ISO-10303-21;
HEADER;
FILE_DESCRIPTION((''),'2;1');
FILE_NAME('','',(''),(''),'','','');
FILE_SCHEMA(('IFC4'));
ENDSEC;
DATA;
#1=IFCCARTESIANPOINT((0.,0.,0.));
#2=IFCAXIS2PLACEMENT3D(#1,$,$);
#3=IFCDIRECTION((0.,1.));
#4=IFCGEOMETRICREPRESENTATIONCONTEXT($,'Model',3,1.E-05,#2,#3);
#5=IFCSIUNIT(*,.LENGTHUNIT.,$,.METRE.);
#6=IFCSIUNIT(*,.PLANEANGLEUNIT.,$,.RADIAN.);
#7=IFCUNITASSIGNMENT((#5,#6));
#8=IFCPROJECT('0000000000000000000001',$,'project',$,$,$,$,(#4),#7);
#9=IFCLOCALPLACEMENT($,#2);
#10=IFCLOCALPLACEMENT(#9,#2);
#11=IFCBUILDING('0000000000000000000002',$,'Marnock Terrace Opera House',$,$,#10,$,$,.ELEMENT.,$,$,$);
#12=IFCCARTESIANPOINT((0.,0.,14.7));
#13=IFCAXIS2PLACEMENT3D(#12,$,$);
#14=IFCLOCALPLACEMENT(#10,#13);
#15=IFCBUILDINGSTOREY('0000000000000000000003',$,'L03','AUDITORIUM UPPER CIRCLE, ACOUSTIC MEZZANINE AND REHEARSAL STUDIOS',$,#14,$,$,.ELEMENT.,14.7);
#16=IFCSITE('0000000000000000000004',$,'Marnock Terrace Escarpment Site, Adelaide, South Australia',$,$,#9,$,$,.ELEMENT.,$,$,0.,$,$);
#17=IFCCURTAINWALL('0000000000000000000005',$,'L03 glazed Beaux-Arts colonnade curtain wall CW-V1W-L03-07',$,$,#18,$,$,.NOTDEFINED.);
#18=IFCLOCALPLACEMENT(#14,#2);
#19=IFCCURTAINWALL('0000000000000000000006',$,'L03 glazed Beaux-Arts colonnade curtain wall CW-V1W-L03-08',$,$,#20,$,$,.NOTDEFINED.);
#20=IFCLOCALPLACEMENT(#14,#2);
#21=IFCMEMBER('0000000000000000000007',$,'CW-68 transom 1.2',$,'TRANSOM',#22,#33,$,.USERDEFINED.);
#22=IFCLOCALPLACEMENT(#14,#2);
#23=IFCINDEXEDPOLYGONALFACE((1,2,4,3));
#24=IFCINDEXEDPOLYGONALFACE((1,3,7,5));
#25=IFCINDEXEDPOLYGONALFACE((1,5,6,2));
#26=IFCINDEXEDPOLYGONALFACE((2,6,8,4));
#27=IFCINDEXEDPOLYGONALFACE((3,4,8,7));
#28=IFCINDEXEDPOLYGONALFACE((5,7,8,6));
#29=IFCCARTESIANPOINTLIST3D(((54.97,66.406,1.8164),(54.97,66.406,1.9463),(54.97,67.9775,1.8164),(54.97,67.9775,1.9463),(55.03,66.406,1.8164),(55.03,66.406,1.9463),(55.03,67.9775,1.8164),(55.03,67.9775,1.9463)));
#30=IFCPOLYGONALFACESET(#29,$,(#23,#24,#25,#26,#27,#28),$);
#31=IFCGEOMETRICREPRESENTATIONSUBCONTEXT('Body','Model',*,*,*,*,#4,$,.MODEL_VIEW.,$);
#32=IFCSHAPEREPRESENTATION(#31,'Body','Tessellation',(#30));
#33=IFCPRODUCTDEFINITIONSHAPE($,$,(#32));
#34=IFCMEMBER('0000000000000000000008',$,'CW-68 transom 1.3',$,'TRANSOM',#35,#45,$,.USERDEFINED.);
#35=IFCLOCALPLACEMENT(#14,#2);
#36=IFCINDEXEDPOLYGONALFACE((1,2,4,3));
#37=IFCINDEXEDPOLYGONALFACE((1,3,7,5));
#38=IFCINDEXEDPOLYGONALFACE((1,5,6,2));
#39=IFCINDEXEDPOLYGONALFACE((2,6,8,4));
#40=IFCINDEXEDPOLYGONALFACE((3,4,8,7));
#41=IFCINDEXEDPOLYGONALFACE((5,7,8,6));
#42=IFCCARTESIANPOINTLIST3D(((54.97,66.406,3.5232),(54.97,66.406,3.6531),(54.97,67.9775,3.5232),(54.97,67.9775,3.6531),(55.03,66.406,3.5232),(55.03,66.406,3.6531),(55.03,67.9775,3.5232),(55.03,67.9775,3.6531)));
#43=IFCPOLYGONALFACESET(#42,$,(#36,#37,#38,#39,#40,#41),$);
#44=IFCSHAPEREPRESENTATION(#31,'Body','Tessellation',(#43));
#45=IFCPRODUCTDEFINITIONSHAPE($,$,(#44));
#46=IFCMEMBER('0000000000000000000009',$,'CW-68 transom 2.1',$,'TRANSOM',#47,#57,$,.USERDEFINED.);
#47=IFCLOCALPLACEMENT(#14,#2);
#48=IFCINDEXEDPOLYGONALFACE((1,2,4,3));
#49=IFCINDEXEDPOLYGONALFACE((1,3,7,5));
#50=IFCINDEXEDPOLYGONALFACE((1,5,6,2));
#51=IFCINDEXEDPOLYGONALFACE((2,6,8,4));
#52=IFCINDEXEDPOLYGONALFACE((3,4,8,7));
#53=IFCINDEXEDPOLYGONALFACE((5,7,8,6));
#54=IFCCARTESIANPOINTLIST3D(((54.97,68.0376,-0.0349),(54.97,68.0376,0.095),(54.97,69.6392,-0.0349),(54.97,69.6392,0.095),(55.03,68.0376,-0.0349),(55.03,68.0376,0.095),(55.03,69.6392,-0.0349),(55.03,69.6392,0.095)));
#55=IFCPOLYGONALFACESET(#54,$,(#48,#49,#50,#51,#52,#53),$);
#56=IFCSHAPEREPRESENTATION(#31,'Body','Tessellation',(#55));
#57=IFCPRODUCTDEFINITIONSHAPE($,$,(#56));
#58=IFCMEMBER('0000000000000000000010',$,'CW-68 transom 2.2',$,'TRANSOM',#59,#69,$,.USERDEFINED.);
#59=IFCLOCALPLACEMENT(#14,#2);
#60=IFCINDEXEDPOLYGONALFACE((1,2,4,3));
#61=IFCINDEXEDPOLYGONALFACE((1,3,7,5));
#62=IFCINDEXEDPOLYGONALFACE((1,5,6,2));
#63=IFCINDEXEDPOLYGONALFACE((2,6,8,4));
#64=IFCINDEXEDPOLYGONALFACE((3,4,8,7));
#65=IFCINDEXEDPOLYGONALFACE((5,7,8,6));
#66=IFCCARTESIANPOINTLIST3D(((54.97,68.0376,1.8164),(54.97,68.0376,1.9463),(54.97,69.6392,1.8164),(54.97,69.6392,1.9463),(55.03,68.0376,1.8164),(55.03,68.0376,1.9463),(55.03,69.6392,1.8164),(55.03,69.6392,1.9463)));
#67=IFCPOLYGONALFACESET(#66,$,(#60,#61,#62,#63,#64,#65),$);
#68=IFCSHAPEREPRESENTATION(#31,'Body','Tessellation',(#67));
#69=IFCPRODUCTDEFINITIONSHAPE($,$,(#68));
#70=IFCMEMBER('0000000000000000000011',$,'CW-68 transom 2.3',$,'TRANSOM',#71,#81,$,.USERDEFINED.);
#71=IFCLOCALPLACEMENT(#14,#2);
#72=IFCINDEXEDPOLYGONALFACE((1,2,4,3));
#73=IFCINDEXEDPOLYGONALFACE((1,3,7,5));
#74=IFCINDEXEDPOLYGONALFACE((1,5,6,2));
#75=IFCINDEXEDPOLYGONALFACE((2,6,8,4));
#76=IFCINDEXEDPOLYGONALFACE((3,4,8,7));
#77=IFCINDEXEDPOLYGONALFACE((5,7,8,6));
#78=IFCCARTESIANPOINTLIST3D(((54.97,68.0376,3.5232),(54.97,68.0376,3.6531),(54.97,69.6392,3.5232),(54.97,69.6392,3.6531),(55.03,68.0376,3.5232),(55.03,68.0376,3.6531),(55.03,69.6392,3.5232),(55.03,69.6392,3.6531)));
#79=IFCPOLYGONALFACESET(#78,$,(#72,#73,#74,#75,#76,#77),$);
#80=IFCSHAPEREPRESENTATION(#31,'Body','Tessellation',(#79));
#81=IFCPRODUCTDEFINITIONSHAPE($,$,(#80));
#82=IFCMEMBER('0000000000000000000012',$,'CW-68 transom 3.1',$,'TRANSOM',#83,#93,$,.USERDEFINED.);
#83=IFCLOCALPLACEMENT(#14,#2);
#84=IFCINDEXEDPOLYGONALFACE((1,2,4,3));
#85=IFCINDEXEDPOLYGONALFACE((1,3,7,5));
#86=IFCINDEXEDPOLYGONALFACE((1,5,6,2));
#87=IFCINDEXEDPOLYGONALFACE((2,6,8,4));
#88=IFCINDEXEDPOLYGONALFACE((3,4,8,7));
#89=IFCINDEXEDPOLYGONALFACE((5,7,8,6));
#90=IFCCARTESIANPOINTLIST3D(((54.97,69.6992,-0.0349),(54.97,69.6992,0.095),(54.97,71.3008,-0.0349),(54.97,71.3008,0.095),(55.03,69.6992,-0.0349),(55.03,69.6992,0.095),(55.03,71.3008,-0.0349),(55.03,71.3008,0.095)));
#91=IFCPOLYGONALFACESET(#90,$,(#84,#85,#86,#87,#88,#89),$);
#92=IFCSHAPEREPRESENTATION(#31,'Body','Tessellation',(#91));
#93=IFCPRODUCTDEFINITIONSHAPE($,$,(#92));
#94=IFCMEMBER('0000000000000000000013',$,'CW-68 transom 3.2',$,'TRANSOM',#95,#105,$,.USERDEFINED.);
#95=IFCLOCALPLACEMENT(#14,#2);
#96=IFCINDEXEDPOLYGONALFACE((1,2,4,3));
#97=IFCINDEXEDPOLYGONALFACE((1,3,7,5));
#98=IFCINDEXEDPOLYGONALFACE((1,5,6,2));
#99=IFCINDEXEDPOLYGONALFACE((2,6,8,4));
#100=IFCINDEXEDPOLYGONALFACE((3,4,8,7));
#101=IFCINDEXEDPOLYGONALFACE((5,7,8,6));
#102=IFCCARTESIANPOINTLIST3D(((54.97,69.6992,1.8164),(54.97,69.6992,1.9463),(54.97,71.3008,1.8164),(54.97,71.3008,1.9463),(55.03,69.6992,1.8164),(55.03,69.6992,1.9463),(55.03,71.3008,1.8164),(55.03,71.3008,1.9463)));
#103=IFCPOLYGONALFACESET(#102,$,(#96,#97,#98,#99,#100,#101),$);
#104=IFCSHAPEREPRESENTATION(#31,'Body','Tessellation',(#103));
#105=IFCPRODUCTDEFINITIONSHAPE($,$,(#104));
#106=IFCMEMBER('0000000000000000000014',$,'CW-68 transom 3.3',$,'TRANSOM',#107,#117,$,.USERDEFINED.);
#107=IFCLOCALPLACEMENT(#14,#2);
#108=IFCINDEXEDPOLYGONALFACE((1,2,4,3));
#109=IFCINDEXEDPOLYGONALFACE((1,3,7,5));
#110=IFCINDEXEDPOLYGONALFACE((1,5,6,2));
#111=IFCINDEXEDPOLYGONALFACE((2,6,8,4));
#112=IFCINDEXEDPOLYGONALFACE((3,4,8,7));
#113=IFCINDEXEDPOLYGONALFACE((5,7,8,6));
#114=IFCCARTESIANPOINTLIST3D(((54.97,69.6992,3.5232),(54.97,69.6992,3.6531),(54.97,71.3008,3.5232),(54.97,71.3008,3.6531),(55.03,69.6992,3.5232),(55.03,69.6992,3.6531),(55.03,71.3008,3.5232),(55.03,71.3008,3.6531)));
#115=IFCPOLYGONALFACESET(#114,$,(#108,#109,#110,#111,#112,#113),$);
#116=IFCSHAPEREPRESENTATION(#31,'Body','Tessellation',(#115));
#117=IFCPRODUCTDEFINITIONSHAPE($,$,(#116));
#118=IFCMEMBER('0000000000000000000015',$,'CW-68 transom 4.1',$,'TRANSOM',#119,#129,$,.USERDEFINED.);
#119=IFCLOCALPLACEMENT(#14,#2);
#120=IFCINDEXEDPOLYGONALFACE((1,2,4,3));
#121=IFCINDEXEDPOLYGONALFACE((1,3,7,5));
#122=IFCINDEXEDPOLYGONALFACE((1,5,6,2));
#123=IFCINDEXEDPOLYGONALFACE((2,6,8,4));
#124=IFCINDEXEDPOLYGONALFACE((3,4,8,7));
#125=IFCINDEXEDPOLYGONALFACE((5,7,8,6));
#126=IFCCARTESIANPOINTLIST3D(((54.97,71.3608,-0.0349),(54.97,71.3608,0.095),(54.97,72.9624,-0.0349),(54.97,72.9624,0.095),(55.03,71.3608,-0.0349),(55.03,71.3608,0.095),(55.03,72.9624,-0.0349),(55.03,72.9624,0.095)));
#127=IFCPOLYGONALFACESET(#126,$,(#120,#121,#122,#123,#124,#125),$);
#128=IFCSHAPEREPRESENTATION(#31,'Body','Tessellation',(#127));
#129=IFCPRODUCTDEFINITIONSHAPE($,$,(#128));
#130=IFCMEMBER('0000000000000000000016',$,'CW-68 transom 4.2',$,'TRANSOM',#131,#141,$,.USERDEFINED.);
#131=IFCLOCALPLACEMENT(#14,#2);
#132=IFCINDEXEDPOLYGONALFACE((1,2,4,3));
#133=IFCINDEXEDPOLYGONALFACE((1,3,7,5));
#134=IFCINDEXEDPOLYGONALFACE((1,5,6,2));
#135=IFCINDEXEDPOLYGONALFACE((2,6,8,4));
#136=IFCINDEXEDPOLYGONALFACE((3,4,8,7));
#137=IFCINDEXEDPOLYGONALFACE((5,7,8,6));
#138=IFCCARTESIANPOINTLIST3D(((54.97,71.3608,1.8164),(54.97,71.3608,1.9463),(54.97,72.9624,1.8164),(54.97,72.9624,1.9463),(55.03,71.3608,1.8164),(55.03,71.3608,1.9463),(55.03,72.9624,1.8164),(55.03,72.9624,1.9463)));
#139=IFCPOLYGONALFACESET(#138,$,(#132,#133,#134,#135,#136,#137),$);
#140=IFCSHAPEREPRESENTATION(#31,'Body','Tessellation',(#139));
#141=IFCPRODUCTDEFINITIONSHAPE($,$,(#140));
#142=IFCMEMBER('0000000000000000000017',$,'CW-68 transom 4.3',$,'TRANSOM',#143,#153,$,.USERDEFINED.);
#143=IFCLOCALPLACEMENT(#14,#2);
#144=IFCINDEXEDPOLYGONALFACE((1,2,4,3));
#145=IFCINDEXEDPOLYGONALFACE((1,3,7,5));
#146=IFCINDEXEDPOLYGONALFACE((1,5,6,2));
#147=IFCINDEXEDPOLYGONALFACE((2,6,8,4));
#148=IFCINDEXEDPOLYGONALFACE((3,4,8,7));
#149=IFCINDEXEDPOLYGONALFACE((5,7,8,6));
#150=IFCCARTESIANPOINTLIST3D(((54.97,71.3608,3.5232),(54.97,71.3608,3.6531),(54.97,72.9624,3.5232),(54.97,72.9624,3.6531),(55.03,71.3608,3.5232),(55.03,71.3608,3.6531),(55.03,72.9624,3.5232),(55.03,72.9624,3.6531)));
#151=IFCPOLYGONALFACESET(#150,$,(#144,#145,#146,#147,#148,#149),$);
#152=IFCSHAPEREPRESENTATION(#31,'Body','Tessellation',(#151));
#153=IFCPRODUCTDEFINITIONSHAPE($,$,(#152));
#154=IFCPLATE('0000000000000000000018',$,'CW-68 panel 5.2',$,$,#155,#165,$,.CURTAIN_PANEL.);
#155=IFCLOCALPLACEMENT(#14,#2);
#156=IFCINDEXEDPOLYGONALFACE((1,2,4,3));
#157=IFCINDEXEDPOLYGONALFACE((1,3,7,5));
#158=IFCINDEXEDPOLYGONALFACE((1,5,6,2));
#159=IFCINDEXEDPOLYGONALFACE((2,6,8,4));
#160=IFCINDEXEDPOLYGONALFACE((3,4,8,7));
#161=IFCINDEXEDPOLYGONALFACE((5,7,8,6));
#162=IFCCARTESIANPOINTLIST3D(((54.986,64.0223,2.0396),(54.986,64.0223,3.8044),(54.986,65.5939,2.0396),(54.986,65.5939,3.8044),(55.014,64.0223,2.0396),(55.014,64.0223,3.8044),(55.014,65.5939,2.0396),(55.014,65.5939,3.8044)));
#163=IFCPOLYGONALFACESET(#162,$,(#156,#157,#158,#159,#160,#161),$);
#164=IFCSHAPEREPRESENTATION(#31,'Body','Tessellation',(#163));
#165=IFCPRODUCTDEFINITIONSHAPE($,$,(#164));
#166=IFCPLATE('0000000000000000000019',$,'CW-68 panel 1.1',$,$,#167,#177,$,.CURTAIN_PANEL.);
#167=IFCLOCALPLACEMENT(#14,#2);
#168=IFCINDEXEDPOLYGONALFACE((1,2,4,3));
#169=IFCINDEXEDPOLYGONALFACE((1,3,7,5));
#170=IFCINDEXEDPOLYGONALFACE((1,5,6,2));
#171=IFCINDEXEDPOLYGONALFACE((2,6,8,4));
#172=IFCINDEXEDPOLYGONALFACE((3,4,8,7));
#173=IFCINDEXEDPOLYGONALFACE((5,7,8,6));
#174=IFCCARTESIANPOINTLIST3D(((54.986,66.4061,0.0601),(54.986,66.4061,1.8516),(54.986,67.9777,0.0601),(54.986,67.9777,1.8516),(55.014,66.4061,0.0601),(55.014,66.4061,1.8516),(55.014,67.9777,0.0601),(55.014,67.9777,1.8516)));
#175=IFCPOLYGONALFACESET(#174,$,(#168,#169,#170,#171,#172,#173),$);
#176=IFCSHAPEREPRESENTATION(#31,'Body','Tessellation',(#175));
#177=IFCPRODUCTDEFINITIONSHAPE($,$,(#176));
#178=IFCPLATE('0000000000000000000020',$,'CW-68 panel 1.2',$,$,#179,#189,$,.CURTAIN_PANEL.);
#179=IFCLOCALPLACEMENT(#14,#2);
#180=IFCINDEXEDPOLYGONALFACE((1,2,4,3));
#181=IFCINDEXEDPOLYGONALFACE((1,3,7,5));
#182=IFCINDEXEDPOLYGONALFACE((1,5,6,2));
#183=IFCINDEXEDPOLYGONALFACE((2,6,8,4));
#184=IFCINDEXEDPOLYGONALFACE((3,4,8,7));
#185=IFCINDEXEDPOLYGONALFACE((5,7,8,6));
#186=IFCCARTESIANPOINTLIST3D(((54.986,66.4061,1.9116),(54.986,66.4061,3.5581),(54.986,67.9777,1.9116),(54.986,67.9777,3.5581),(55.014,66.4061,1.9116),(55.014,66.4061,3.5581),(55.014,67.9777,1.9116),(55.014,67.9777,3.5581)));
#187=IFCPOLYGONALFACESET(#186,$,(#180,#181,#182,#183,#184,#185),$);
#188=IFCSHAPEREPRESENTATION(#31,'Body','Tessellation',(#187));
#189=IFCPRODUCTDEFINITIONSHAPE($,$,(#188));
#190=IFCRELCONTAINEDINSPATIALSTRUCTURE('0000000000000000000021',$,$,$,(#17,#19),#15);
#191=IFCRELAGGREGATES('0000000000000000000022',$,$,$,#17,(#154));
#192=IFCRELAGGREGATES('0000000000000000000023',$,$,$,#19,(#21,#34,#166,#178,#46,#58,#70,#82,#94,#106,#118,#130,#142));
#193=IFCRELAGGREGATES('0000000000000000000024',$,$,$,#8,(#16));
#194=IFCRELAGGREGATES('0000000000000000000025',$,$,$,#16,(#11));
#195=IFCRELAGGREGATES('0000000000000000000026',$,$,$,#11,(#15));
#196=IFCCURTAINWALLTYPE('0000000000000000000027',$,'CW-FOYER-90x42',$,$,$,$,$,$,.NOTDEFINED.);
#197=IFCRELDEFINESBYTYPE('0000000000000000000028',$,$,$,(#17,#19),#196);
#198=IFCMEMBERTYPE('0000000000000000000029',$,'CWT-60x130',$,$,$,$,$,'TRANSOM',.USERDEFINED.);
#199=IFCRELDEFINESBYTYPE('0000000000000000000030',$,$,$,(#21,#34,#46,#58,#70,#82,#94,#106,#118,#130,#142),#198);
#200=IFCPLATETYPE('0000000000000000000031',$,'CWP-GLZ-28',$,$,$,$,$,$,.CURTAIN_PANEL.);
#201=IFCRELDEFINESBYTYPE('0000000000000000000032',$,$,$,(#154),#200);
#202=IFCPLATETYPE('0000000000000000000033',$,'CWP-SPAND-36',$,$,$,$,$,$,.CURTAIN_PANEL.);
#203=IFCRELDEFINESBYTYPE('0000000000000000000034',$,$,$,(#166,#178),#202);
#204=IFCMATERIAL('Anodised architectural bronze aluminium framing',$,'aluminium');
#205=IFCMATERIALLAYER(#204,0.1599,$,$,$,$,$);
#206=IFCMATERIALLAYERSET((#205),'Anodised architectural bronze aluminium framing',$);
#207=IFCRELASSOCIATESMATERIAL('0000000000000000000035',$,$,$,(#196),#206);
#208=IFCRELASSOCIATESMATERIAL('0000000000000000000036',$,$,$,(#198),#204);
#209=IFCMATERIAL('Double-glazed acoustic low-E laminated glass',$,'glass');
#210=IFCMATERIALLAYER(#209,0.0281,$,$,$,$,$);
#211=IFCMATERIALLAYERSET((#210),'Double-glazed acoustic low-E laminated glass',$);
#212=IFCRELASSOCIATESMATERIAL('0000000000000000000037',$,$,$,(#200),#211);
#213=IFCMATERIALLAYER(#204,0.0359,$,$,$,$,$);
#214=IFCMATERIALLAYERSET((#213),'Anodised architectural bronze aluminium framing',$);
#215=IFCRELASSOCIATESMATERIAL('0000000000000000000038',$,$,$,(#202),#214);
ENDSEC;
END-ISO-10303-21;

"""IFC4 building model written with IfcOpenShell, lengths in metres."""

from ifc_helpers import new_model, si_unit, direction, frame, origin, origin_2d, place, context, subcontext, project, spatial, rectangle, extrude, material, layer, layer_set, material_profile, profile_set, type_object, element, aggregate, save


model = new_model("IFC4")

# Units and contexts
model_context = context("Model", 3, precision=1e-05, world=origin(), true_north=direction((0.0, 1.0)))
body_context = subcontext(model_context, "Body", "Model", "MODEL_VIEW")
ifc_project = project(units=[si_unit("LENGTHUNIT", "METRE"), si_unit("PLANEANGLEUNIT", "RADIAN")], contexts=[model_context])

# Site, building, storey
site_placement = place(None, origin())
site = spatial("IfcSite", under=ifc_project, at=site_placement, Name="Marnock Terrace Escarpment Site, Adelaide, South Australia", CompositionType="ELEMENT", RefElevation=0.0)
building_placement = place(site_placement, origin())
building = spatial("IfcBuilding", under=site, at=building_placement, Name="Marnock Terrace Opera House", CompositionType="ELEMENT")
storey_placement = place(building_placement, frame((0.0, 0.0, 14.7)))
storey = spatial("IfcBuildingStorey", under=building, at=storey_placement, Name="L03", Description="AUDITORIUM UPPER CIRCLE, ACOUSTIC MEZZANINE AND REHEARSAL STUDIOS", CompositionType="ELEMENT", Elevation=14.7)

# Curtain wall
ifc_material_1 = material(Name="Anodised architectural bronze aluminium framing", Category="aluminium")
ifc_layer_1 = layer(ifc_material_1, 0.1599)
ifc_layer_set_1 = layer_set([ifc_layer_1], Name="Anodised architectural bronze aluminium framing")
curtain_wall_type = type_object("IfcCurtainWallType", Name="CW-FOYER-90x42", PredefinedType="NOTDEFINED", material=ifc_layer_set_1)
curtain_wall_1_placement = place(storey_placement, origin())
curtain_wall_1 = element("IfcCurtainWall", 1, at=curtain_wall_1_placement, inside=storey, type_object=curtain_wall_type, Name="L03 glazed Beaux-Arts colonnade curtain wall CW-V1W-L03-07", PredefinedType="NOTDEFINED")

# Curtain wall, members
curtain_wall_2_placement = place(storey_placement, origin())
curtain_wall_2 = element("IfcCurtainWall", 2, at=curtain_wall_2_placement, inside=storey, type_object=curtain_wall_type, Name="L03 glazed Beaux-Arts colonnade curtain wall CW-V1W-L03-08", PredefinedType="NOTDEFINED")
ifc_material_profile_1 = material_profile(ifc_material_1, rectangle(XDim=0.0601, YDim=0.1299, at=origin_2d()))
ifc_profile_set_1 = profile_set([ifc_material_profile_1], Name="Anodised architectural bronze aluminium framing")
member_type_1 = type_object("IfcMemberType", Name="CWT-60x130", ElementType="TRANSOM", PredefinedType="USERDEFINED", material=ifc_profile_set_1)
member_1_placement = place(storey_placement, frame((55.0, 66.406, 1.8813), z_axis=(0.0, 1.0, 0.0), x_axis=(-1.0, 0.0, 0.0)))
member_1 = element("IfcMember", 3, at=member_1_placement, type_object=member_type_1, Name="CW-68 transom 1.2", ObjectType="TRANSOM", PredefinedType="USERDEFINED", context=body_context, shape_type="SweptSolid", body=[
    extrude(rectangle(XDim=0.0601, YDim=0.1299, at=origin_2d()), origin(), (0.0, 0.0, 1.0), 1.5715),
])
member_2_placement = place(storey_placement, frame((55.0, 66.406, 3.5881), z_axis=(0.0, 1.0, 0.0), x_axis=(-1.0, 0.0, 0.0)))
member_2 = element("IfcMember", 4, at=member_2_placement, type_object=member_type_1, Name="CW-68 transom 1.3", ObjectType="TRANSOM", PredefinedType="USERDEFINED", context=body_context, shape_type="SweptSolid", body=[
    extrude(rectangle(XDim=0.0601, YDim=0.1299, at=origin_2d()), origin(), (0.0, 0.0, 1.0), 1.5715),
])
member_3_placement = place(storey_placement, frame((55.0, 68.0376, 0.03), z_axis=(0.0, 1.0, 0.0), x_axis=(-1.0, 0.0, 0.0)))
member_3 = element("IfcMember", 5, at=member_3_placement, type_object=member_type_1, Name="CW-68 transom 2.1", ObjectType="TRANSOM", PredefinedType="USERDEFINED", context=body_context, shape_type="SweptSolid", body=[
    extrude(rectangle(XDim=0.0601, YDim=0.1299, at=origin_2d()), origin(), (0.0, 0.0, 1.0), 1.6016),
])
member_4_placement = place(storey_placement, frame((55.0, 68.0376, 1.8813), z_axis=(0.0, 1.0, 0.0), x_axis=(-1.0, 0.0, 0.0)))
member_4 = element("IfcMember", 6, at=member_4_placement, type_object=member_type_1, Name="CW-68 transom 2.2", ObjectType="TRANSOM", PredefinedType="USERDEFINED", context=body_context, shape_type="SweptSolid", body=[
    extrude(rectangle(XDim=0.0601, YDim=0.1299, at=origin_2d()), origin(), (0.0, 0.0, 1.0), 1.6016),
])
member_5_placement = place(storey_placement, frame((55.0, 68.0376, 3.5881), z_axis=(0.0, 1.0, 0.0), x_axis=(-1.0, 0.0, 0.0)))
member_5 = element("IfcMember", 7, at=member_5_placement, type_object=member_type_1, Name="CW-68 transom 2.3", ObjectType="TRANSOM", PredefinedType="USERDEFINED", context=body_context, shape_type="SweptSolid", body=[
    extrude(rectangle(XDim=0.0601, YDim=0.1299, at=origin_2d()), origin(), (0.0, 0.0, 1.0), 1.6016),
])
member_6_placement = place(storey_placement, frame((55.0, 69.6992, 0.03), z_axis=(0.0, 1.0, 0.0), x_axis=(-1.0, 0.0, 0.0)))
member_6 = element("IfcMember", 8, at=member_6_placement, type_object=member_type_1, Name="CW-68 transom 3.1", ObjectType="TRANSOM", PredefinedType="USERDEFINED", context=body_context, shape_type="SweptSolid", body=[
    extrude(rectangle(XDim=0.0601, YDim=0.1299, at=origin_2d()), origin(), (0.0, 0.0, 1.0), 1.6016),
])
member_7_placement = place(storey_placement, frame((55.0, 69.6992, 1.8813), z_axis=(0.0, 1.0, 0.0), x_axis=(-1.0, 0.0, 0.0)))
member_7 = element("IfcMember", 9, at=member_7_placement, type_object=member_type_1, Name="CW-68 transom 3.2", ObjectType="TRANSOM", PredefinedType="USERDEFINED", context=body_context, shape_type="SweptSolid", body=[
    extrude(rectangle(XDim=0.0601, YDim=0.1299, at=origin_2d()), origin(), (0.0, 0.0, 1.0), 1.6016),
])
member_8_placement = place(storey_placement, frame((55.0, 69.6992, 3.5881), z_axis=(0.0, 1.0, 0.0), x_axis=(-1.0, 0.0, 0.0)))
member_8 = element("IfcMember", 10, at=member_8_placement, type_object=member_type_1, Name="CW-68 transom 3.3", ObjectType="TRANSOM", PredefinedType="USERDEFINED", context=body_context, shape_type="SweptSolid", body=[
    extrude(rectangle(XDim=0.0601, YDim=0.1299, at=origin_2d()), origin(), (0.0, 0.0, 1.0), 1.6016),
])
member_9_placement = place(storey_placement, frame((55.0, 71.3608, 0.03), z_axis=(0.0, 1.0, 0.0), x_axis=(-1.0, 0.0, 0.0)))
member_9 = element("IfcMember", 11, at=member_9_placement, type_object=member_type_1, Name="CW-68 transom 4.1", ObjectType="TRANSOM", PredefinedType="USERDEFINED", context=body_context, shape_type="SweptSolid", body=[
    extrude(rectangle(XDim=0.0601, YDim=0.1299, at=origin_2d()), origin(), (0.0, 0.0, 1.0), 1.6016),
])
member_10_placement = place(storey_placement, frame((55.0, 71.3608, 1.8813), z_axis=(0.0, 1.0, 0.0), x_axis=(-1.0, 0.0, 0.0)))
member_10 = element("IfcMember", 12, at=member_10_placement, type_object=member_type_1, Name="CW-68 transom 4.2", ObjectType="TRANSOM", PredefinedType="USERDEFINED", context=body_context, shape_type="SweptSolid", body=[
    extrude(rectangle(XDim=0.0601, YDim=0.1299, at=origin_2d()), origin(), (0.0, 0.0, 1.0), 1.6016),
])
member_11_placement = place(storey_placement, frame((55.0, 71.3608, 3.5881), z_axis=(0.0, 1.0, 0.0), x_axis=(-1.0, 0.0, 0.0)))
member_11 = element("IfcMember", 13, at=member_11_placement, type_object=member_type_1, Name="CW-68 transom 4.3", ObjectType="TRANSOM", PredefinedType="USERDEFINED", context=body_context, shape_type="SweptSolid", body=[
    extrude(rectangle(XDim=0.0601, YDim=0.1299, at=origin_2d()), origin(), (0.0, 0.0, 1.0), 1.6016),
])

# Plates
ifc_material_2 = material(Name="Double-glazed acoustic low-E laminated glass", Category="glass")
ifc_layer_2 = layer(ifc_material_2, 0.0281)
ifc_layer_set_2 = layer_set([ifc_layer_2], Name="Double-glazed acoustic low-E laminated glass")
plate_type_1 = type_object("IfcPlateType", Name="CWP-GLZ-28", PredefinedType="CURTAIN_PANEL", material=ifc_layer_set_2)
plate_1_placement = place(storey_placement, frame((55.0, 64.8081, 2.0396), z_axis=(0.0, 0.0, 1.0), x_axis=(0.0, 1.0, 0.0)))
plate_1 = element("IfcPlate", 14, at=plate_1_placement, type_object=plate_type_1, Name="CW-68 panel 5.2", PredefinedType="CURTAIN_PANEL", context=body_context, shape_type="SweptSolid", body=[
    extrude(rectangle(XDim=1.5715, YDim=0.0281, at=origin_2d()), origin(), (0.0, 0.0, 1.0), 1.7649),
])
aggregate(curtain_wall_1, [plate_1])
ifc_layer_3 = layer(ifc_material_1, 0.0359)
ifc_layer_set_3 = layer_set([ifc_layer_3], Name="Anodised architectural bronze aluminium framing")
plate_type_2 = type_object("IfcPlateType", Name="CWP-SPAND-36", PredefinedType="CURTAIN_PANEL", material=ifc_layer_set_3)
plate_2_placement = place(storey_placement, frame((55.0, 67.1919, 0.0601), z_axis=(0.0, 0.0, 1.0), x_axis=(0.0, 1.0, 0.0)))
plate_2 = element("IfcPlate", 15, at=plate_2_placement, type_object=plate_type_2, Name="CW-68 panel 1.1", PredefinedType="CURTAIN_PANEL", context=body_context, shape_type="SweptSolid", body=[
    extrude(rectangle(XDim=1.5715, YDim=0.0281, at=origin_2d()), origin(), (0.0, 0.0, 1.0), 1.7915),
])
plate_3_placement = place(storey_placement, frame((55.0, 67.1919, 1.9116), z_axis=(0.0, 0.0, 1.0), x_axis=(0.0, 1.0, 0.0)))
plate_3 = element("IfcPlate", 16, at=plate_3_placement, type_object=plate_type_2, Name="CW-68 panel 1.2", PredefinedType="CURTAIN_PANEL", context=body_context, shape_type="SweptSolid", body=[
    extrude(rectangle(XDim=1.5715, YDim=0.0281, at=origin_2d()), origin(), (0.0, 0.0, 1.0), 1.6465),
])
aggregate(curtain_wall_2, [member_1, member_2, plate_2, plate_3, member_3, member_4, member_5, member_6, member_7, member_8, member_9, member_10, member_11])

save(model, "model.ifc")
